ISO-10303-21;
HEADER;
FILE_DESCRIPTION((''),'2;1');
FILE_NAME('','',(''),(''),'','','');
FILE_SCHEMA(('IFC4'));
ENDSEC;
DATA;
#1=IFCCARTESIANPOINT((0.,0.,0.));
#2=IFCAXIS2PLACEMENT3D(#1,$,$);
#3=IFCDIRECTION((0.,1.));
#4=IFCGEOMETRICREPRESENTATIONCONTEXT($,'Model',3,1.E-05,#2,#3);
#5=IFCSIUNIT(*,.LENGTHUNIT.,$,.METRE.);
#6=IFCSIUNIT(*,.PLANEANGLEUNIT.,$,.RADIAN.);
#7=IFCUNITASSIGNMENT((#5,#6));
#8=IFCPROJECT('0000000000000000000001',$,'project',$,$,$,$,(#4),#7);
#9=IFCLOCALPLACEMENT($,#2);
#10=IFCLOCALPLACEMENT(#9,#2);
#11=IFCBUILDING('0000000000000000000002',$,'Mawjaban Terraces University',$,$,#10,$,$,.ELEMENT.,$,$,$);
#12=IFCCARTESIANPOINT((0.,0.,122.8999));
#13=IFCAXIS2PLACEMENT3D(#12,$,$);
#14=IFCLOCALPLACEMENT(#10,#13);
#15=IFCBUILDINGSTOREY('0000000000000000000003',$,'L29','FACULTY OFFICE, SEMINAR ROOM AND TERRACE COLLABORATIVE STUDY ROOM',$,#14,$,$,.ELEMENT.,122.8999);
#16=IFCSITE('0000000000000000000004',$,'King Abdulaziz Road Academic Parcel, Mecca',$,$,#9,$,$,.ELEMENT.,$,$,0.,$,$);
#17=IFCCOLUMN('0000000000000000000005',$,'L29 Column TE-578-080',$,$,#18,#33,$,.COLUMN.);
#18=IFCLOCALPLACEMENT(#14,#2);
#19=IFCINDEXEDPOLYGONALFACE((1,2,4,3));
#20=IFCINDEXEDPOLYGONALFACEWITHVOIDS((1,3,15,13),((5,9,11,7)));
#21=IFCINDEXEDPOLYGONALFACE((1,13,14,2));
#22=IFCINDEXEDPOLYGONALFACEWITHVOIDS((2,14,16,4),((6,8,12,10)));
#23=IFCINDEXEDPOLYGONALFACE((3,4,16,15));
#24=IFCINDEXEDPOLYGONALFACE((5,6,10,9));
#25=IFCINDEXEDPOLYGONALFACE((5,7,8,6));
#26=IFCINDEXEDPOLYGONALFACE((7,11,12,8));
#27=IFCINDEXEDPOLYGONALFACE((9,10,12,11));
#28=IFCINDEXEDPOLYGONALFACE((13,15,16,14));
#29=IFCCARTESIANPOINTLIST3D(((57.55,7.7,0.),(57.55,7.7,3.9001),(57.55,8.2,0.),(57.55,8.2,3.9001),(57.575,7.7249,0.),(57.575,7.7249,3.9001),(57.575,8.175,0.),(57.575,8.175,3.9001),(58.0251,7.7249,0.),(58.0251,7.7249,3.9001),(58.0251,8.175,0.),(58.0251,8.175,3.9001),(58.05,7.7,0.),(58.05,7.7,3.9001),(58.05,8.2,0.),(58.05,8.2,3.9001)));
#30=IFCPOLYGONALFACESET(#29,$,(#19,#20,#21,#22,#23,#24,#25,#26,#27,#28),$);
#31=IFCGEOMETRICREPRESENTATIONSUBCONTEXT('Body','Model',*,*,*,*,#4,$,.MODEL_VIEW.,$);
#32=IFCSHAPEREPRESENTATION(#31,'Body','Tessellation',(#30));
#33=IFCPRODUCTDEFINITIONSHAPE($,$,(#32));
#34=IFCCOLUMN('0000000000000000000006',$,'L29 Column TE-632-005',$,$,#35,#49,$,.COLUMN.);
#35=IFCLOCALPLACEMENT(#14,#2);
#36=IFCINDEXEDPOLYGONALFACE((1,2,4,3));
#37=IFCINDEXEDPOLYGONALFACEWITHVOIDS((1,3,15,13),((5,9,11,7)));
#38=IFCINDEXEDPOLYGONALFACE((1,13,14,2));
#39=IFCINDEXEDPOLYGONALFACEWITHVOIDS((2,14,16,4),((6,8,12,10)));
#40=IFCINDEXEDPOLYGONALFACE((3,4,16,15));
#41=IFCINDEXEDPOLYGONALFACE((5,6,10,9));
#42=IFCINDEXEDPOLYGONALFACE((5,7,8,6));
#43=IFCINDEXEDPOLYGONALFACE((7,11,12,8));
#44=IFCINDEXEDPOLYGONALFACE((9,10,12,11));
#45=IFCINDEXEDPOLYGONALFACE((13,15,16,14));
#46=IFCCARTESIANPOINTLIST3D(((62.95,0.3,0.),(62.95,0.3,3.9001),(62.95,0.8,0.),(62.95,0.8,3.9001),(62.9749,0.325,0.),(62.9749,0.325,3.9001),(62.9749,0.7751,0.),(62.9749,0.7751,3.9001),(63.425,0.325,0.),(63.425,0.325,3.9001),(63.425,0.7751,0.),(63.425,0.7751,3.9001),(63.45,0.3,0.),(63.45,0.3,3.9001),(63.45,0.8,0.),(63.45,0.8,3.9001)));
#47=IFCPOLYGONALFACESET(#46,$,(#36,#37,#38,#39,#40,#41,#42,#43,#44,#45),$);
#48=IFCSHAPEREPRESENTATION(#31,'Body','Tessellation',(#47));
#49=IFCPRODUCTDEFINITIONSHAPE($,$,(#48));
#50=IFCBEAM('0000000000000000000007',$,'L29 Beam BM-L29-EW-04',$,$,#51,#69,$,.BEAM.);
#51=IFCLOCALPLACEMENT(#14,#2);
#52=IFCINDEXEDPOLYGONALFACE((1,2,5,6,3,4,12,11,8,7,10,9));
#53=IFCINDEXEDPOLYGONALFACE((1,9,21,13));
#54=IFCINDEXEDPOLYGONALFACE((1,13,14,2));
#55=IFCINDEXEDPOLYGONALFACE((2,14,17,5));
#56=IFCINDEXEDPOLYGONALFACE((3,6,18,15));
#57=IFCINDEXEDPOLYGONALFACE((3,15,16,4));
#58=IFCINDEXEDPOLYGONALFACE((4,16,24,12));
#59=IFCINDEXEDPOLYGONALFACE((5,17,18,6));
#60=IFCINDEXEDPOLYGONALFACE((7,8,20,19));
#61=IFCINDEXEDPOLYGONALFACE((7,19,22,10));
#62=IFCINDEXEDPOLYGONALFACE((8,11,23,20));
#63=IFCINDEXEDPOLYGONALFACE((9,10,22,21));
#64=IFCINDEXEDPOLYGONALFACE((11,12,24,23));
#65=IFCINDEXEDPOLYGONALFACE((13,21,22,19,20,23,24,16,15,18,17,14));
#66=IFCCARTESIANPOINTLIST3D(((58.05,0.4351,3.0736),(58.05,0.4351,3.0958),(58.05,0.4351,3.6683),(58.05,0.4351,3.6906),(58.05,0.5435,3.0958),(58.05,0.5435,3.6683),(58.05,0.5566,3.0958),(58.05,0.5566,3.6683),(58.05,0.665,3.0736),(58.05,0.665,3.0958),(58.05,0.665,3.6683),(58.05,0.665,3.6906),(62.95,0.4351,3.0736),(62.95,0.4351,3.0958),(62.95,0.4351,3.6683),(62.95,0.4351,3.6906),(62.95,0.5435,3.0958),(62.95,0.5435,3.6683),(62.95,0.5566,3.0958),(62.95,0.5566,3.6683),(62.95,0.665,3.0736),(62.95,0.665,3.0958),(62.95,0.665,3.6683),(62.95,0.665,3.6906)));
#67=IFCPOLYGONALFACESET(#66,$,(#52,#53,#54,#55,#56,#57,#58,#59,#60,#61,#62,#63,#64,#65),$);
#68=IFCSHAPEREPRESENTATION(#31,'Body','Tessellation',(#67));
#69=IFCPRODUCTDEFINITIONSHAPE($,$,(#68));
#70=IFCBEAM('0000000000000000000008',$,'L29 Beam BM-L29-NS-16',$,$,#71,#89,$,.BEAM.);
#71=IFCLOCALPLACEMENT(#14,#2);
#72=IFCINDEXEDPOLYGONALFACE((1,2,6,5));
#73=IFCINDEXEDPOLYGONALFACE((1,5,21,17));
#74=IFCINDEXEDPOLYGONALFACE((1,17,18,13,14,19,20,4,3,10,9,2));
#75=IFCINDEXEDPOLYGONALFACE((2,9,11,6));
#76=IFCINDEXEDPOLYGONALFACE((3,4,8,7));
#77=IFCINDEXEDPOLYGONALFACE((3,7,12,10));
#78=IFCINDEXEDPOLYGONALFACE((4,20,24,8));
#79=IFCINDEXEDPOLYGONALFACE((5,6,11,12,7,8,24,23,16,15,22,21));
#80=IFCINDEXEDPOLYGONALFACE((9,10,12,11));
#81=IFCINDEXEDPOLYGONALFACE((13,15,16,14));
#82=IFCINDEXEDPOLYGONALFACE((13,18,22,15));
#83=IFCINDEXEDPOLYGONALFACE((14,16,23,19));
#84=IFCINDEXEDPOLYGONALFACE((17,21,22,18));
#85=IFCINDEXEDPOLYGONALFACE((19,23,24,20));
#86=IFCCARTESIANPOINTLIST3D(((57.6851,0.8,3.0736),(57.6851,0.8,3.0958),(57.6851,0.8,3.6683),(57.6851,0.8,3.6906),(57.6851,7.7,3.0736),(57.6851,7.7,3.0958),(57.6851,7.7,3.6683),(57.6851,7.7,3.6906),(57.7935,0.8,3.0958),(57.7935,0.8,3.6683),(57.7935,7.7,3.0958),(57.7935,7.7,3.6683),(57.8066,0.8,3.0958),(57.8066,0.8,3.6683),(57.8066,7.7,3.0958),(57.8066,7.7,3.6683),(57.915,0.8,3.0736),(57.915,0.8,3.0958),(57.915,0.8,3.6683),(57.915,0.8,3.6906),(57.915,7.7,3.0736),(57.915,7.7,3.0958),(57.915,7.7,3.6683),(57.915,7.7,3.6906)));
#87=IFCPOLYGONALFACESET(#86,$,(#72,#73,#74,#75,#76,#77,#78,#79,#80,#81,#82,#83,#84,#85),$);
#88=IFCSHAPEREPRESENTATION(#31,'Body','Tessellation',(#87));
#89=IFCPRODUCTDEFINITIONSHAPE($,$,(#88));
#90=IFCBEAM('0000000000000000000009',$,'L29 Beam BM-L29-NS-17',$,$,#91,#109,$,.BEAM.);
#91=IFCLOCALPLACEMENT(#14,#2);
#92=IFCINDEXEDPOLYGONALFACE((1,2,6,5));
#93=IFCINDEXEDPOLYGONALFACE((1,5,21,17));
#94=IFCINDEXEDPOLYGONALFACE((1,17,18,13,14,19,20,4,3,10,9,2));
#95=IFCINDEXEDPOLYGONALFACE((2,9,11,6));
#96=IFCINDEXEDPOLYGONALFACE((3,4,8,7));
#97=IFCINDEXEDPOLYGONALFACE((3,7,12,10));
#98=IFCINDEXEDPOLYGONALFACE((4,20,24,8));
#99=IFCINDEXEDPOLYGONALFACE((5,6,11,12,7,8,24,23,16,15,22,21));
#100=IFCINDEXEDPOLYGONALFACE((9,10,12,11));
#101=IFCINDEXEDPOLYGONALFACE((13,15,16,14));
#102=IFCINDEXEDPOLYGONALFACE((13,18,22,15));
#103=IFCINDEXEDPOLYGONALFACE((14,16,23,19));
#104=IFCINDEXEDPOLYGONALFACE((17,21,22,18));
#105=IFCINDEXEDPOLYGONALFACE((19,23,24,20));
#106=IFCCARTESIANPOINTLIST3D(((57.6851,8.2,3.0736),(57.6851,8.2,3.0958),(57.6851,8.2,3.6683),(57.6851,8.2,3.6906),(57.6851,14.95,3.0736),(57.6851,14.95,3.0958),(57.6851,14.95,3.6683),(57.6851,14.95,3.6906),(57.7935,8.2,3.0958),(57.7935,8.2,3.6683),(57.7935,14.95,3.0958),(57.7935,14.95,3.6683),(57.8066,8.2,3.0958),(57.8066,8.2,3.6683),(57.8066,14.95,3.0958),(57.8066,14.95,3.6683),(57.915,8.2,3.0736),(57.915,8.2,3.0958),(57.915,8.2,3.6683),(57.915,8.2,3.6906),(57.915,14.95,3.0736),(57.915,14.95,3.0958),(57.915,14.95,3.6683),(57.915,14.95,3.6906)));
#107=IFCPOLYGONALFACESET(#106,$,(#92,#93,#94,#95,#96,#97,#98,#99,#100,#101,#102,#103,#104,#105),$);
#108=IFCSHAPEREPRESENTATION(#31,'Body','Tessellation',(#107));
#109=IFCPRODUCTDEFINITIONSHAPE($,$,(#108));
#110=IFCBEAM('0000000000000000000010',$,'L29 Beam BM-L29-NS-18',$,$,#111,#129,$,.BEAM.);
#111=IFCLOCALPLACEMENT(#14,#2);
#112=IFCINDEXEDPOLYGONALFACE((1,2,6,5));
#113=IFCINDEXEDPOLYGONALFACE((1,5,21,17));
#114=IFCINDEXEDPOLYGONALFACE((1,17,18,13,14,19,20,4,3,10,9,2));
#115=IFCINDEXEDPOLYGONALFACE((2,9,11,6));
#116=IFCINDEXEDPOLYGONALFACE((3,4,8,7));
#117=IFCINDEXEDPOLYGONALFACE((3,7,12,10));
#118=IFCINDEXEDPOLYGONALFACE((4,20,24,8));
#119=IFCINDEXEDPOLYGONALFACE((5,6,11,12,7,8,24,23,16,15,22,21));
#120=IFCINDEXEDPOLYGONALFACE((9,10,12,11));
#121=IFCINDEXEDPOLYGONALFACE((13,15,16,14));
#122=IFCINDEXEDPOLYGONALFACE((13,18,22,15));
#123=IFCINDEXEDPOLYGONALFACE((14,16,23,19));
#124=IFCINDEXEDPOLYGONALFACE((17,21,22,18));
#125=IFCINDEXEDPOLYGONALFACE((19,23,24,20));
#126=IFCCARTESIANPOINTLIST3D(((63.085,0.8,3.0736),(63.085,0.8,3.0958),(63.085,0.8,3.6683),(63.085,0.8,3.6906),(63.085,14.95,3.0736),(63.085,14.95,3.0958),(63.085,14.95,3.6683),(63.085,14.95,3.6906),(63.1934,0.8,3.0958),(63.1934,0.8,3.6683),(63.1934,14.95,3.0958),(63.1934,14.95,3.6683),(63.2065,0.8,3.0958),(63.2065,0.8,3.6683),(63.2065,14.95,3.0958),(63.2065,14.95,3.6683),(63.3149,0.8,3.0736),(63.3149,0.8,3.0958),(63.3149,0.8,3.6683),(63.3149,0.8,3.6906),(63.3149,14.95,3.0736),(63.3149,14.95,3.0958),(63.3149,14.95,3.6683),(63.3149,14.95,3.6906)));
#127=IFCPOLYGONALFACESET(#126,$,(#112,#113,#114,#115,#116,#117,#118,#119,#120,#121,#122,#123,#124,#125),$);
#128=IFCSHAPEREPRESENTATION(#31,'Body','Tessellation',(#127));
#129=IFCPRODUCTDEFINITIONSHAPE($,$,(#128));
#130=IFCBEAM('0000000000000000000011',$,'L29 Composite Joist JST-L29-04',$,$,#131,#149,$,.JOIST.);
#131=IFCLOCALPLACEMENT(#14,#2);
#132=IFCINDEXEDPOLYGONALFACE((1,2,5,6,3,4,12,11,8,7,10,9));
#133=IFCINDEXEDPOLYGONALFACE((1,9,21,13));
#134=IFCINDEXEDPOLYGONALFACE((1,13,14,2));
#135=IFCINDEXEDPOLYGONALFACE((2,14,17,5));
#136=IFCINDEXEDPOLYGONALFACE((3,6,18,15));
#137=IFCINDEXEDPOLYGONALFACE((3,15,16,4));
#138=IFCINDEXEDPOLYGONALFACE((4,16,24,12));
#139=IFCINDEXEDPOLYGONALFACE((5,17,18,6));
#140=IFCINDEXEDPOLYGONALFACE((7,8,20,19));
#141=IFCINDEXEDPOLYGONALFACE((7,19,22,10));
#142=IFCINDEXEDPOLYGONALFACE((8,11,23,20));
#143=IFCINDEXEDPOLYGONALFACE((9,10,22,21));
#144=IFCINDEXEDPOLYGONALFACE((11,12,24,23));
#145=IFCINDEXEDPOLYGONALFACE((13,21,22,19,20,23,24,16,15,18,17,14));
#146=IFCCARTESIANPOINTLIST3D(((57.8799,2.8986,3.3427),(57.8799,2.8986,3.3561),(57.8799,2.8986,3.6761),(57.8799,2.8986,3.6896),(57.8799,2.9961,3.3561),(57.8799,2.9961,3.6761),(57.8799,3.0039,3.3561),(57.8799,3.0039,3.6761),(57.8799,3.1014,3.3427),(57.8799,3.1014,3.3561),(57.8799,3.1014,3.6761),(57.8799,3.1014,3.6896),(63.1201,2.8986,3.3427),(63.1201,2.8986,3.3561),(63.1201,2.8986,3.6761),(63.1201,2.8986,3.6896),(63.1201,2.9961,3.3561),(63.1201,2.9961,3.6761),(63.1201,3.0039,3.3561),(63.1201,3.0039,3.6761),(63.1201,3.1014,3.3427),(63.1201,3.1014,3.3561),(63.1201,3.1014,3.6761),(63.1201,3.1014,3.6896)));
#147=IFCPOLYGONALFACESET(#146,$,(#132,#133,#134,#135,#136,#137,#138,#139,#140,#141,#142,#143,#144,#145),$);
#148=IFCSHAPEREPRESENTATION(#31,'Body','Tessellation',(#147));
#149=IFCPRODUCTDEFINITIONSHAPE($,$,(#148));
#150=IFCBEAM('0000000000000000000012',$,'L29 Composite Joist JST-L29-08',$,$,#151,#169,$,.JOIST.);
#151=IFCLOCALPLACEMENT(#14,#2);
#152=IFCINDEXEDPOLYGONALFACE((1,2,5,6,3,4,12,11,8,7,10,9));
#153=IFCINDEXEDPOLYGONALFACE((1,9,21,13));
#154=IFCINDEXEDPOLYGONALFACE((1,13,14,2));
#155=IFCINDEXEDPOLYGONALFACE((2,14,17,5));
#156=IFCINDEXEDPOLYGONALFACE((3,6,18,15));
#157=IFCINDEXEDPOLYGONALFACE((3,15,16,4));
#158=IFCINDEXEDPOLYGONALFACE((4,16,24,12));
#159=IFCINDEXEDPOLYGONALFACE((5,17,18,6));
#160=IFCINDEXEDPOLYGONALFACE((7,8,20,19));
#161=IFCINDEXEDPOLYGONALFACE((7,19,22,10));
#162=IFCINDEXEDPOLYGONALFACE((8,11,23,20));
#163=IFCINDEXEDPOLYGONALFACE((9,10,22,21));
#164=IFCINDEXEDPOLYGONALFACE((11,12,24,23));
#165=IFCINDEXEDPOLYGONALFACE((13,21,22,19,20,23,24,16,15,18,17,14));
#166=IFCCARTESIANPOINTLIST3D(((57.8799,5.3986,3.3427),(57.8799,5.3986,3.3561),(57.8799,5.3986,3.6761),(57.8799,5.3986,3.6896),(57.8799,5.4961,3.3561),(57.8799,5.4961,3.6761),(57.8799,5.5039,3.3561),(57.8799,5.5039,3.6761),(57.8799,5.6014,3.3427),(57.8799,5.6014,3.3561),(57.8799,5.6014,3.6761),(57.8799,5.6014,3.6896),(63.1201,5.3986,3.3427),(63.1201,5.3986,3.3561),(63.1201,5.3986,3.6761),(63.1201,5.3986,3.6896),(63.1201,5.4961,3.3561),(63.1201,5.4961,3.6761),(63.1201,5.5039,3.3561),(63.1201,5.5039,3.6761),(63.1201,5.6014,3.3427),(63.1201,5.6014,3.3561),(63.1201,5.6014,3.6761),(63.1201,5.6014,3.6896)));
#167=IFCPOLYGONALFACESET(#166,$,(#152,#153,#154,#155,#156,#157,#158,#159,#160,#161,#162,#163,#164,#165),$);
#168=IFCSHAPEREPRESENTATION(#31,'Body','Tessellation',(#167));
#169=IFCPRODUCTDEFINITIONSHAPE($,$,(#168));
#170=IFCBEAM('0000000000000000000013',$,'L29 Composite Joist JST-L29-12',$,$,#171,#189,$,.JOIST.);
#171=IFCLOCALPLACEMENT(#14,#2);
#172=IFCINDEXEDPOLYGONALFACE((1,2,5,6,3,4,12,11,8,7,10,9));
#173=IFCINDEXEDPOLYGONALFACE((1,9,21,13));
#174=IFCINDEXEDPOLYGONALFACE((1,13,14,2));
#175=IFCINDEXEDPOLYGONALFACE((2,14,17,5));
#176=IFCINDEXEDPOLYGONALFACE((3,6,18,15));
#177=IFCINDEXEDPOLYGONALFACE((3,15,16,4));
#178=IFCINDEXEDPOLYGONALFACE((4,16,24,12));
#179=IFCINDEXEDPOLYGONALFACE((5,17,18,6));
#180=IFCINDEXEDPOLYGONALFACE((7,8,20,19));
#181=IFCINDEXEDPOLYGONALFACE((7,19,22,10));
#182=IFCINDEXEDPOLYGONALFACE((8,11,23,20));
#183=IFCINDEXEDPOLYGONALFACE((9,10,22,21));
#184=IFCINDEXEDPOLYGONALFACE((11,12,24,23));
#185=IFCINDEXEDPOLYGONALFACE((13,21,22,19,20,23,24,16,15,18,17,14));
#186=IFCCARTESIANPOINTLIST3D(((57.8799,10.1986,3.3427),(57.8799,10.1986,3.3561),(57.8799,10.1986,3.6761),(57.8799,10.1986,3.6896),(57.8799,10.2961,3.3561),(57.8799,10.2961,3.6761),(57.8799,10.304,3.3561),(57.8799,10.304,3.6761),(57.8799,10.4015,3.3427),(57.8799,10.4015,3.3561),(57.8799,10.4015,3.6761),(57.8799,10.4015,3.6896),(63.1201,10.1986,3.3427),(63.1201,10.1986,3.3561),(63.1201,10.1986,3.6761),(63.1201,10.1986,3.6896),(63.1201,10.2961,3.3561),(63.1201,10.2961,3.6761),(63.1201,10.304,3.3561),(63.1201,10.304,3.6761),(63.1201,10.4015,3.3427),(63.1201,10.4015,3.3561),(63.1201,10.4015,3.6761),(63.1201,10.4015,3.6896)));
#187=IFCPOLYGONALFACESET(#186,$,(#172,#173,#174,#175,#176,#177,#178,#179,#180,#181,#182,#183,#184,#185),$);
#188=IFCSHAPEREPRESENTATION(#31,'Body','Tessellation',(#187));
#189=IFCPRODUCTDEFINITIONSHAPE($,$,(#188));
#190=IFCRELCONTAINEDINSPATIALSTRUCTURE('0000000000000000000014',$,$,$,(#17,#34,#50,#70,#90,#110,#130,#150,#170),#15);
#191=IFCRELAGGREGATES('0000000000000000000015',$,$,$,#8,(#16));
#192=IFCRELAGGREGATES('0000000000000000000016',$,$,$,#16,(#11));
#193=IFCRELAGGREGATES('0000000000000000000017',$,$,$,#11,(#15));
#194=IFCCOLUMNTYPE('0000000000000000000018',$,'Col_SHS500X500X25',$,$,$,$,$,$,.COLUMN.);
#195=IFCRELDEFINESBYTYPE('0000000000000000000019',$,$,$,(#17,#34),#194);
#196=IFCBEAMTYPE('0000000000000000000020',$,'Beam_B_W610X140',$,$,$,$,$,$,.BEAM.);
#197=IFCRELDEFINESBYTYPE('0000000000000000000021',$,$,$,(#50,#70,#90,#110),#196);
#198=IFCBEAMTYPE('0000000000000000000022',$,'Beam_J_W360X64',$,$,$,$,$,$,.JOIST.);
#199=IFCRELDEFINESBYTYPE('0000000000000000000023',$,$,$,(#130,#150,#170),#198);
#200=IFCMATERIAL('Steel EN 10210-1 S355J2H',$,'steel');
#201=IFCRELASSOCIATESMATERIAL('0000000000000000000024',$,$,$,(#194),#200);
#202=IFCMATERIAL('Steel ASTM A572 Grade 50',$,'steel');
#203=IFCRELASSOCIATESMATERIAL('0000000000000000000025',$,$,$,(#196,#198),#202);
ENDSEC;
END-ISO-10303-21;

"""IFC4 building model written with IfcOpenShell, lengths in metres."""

from ifc_helpers import new_model, si_unit, direction, frame, origin, origin_2d, place, context, subcontext, project, spatial, hollow_rectangle, i_section, extrude, material, material_profile, profile_set, type_object, element, save


model = new_model("IFC4")

# Units and contexts
model_context = context("Model", 3, precision=1e-05, world=origin(), true_north=direction((0.0, 1.0)))
body_context = subcontext(model_context, "Body", "Model", "MODEL_VIEW")
ifc_project = project(units=[si_unit("LENGTHUNIT", "METRE"), si_unit("PLANEANGLEUNIT", "RADIAN")], contexts=[model_context])

# Site, building, storey
site_placement = place(None, origin())
site = spatial("IfcSite", under=ifc_project, at=site_placement, Name="King Abdulaziz Road Academic Parcel, Mecca", CompositionType="ELEMENT", RefElevation=0.0)
building_placement = place(site_placement, origin())
building = spatial("IfcBuilding", under=site, at=building_placement, Name="Mawjaban Terraces University", CompositionType="ELEMENT")
storey_placement = place(building_placement, frame((0.0, 0.0, 122.8999)))
storey = spatial("IfcBuildingStorey", under=building, at=storey_placement, Name="L29", Description="FACULTY OFFICE, SEMINAR ROOM AND TERRACE COLLABORATIVE STUDY ROOM", CompositionType="ELEMENT", Elevation=122.8999)

# Columns
ifc_material_1 = material(Name="Steel EN 10210-1 S355J2H", Category="steel")
ifc_material_profile_1 = material_profile(ifc_material_1, hollow_rectangle(XDim=0.5, YDim=0.5, WallThickness=0.0249, at=origin_2d()), Name="SHS500X500X25")
ifc_profile_set_1 = profile_set([ifc_material_profile_1], Name="Steel EN 10210-1 S355J2H")
column_type = type_object("IfcColumnType", Name="Col_SHS500X500X25", PredefinedType="COLUMN", material=ifc_profile_set_1)
for number, where, z_axis, x_axis, name in (
    (1, (57.8, 7.95, 0.0), (0.0, 0.0, 1.0), (1.0, 0.0, 0.0), "L29 Column TE-578-080"),
    (2, (63.2, 0.55, 0.0), (0.0, 0.0, 1.0), (1.0, 0.0, 0.0), "L29 Column TE-632-005"),
):
    element("IfcColumn", number, at=place(storey_placement, frame(where, z_axis=z_axis, x_axis=x_axis)), inside=storey, type_object=column_type, Name=name, PredefinedType="COLUMN", context=body_context, shape_type="SweptSolid", body=[
        extrude(hollow_rectangle(XDim=0.5, YDim=0.5, WallThickness=0.0249, at=origin_2d()), origin(), (0.0, 0.0, 1.0), 3.9001),
    ])

# Beams
ifc_material_2 = material(Name="Steel ASTM A572 Grade 50", Category="steel")
ifc_material_profile_2 = material_profile(ifc_material_2, i_section(OverallWidth=0.23, OverallDepth=0.6169, WebThickness=0.0132, FlangeThickness=0.0222, at=origin_2d()), Name="W610X140")
ifc_profile_set_2 = profile_set([ifc_material_profile_2], Name="Steel ASTM A572 Grade 50")
beam_type_1 = type_object("IfcBeamType", Name="Beam_B_W610X140", PredefinedType="BEAM", material=ifc_profile_set_2)
beam_1_placement = place(storey_placement, frame((58.05, 0.55, 3.3821), z_axis=(1.0, 0.0, 0.0), x_axis=(0.0, 1.0, 0.0)))
element("IfcBeam", 3, at=beam_1_placement, inside=storey, type_object=beam_type_1, Name="L29 Beam BM-L29-EW-04", PredefinedType="BEAM", context=body_context, shape_type="SweptSolid", body=[
    extrude(i_section(OverallWidth=0.23, OverallDepth=0.6169, WebThickness=0.0132, FlangeThickness=0.0222, at=origin_2d()), origin(), (0.0, 0.0, 1.0), 4.8999),
])
beam_2_placement = place(storey_placement, frame((57.8, 0.8, 3.3821), z_axis=(0.0, 1.0, 0.0), x_axis=(-1.0, 0.0, 0.0)))
element("IfcBeam", 4, at=beam_2_placement, inside=storey, type_object=beam_type_1, Name="L29 Beam BM-L29-NS-16", PredefinedType="BEAM", context=body_context, shape_type="SweptSolid", body=[
    extrude(i_section(OverallWidth=0.23, OverallDepth=0.6169, WebThickness=0.0132, FlangeThickness=0.0222, at=origin_2d()), origin(), (0.0, 0.0, 1.0), 6.8999),
])
beam_3_placement = place(storey_placement, frame((57.8, 8.2, 3.3821), z_axis=(0.0, 1.0, 0.0), x_axis=(-1.0, 0.0, 0.0)))
element("IfcBeam", 5, at=beam_3_placement, inside=storey, type_object=beam_type_1, Name="L29 Beam BM-L29-NS-17", PredefinedType="BEAM", context=body_context, shape_type="SweptSolid", body=[
    extrude(i_section(OverallWidth=0.23, OverallDepth=0.6169, WebThickness=0.0132, FlangeThickness=0.0222, at=origin_2d()), origin(), (0.0, 0.0, 1.0), 6.75),
])
beam_4_placement = place(storey_placement, frame((63.2, 0.8, 3.3821), z_axis=(0.0, 1.0, 0.0), x_axis=(-1.0, 0.0, 0.0)))
element("IfcBeam", 6, at=beam_4_placement, inside=storey, type_object=beam_type_1, Name="L29 Beam BM-L29-NS-18", PredefinedType="BEAM", context=body_context, shape_type="SweptSolid", body=[
    extrude(i_section(OverallWidth=0.23, OverallDepth=0.6169, WebThickness=0.0132, FlangeThickness=0.0222, at=origin_2d()), origin(), (0.0, 0.0, 1.0), 14.1499),
])
ifc_material_profile_3 = material_profile(ifc_material_2, i_section(OverallWidth=0.2029, OverallDepth=0.3469, WebThickness=0.0078, FlangeThickness=0.0134, at=origin_2d()), Name="W360X64")
ifc_profile_set_3 = profile_set([ifc_material_profile_3], Name="Steel ASTM A572 Grade 50")
beam_type_2 = type_object("IfcBeamType", Name="Beam_J_W360X64", PredefinedType="JOIST", material=ifc_profile_set_3)
for number, where, z_axis, x_axis, name in (
    (7, (57.8799, 3.0, 3.5161), (1.0, 0.0, 0.0), (0.0, 1.0, 0.0), "L29 Composite Joist JST-L29-04"),
    (8, (57.8799, 5.5, 3.5161), (1.0, 0.0, 0.0), (0.0, 1.0, 0.0), "L29 Composite Joist JST-L29-08"),
    (9, (57.8799, 10.3, 3.5161), (1.0, 0.0, 0.0), (0.0, 1.0, 0.0), "L29 Composite Joist JST-L29-12"),
):
    element("IfcBeam", number, at=place(storey_placement, frame(where, z_axis=z_axis, x_axis=x_axis)), inside=storey, type_object=beam_type_2, Name=name, PredefinedType="JOIST", context=body_context, shape_type="SweptSolid", body=[
        extrude(i_section(OverallWidth=0.2029, OverallDepth=0.3469, WebThickness=0.0078, FlangeThickness=0.0134, at=origin_2d()), origin(), (0.0, 0.0, 1.0), 5.2402),
    ])

save(model, "model.ifc")
